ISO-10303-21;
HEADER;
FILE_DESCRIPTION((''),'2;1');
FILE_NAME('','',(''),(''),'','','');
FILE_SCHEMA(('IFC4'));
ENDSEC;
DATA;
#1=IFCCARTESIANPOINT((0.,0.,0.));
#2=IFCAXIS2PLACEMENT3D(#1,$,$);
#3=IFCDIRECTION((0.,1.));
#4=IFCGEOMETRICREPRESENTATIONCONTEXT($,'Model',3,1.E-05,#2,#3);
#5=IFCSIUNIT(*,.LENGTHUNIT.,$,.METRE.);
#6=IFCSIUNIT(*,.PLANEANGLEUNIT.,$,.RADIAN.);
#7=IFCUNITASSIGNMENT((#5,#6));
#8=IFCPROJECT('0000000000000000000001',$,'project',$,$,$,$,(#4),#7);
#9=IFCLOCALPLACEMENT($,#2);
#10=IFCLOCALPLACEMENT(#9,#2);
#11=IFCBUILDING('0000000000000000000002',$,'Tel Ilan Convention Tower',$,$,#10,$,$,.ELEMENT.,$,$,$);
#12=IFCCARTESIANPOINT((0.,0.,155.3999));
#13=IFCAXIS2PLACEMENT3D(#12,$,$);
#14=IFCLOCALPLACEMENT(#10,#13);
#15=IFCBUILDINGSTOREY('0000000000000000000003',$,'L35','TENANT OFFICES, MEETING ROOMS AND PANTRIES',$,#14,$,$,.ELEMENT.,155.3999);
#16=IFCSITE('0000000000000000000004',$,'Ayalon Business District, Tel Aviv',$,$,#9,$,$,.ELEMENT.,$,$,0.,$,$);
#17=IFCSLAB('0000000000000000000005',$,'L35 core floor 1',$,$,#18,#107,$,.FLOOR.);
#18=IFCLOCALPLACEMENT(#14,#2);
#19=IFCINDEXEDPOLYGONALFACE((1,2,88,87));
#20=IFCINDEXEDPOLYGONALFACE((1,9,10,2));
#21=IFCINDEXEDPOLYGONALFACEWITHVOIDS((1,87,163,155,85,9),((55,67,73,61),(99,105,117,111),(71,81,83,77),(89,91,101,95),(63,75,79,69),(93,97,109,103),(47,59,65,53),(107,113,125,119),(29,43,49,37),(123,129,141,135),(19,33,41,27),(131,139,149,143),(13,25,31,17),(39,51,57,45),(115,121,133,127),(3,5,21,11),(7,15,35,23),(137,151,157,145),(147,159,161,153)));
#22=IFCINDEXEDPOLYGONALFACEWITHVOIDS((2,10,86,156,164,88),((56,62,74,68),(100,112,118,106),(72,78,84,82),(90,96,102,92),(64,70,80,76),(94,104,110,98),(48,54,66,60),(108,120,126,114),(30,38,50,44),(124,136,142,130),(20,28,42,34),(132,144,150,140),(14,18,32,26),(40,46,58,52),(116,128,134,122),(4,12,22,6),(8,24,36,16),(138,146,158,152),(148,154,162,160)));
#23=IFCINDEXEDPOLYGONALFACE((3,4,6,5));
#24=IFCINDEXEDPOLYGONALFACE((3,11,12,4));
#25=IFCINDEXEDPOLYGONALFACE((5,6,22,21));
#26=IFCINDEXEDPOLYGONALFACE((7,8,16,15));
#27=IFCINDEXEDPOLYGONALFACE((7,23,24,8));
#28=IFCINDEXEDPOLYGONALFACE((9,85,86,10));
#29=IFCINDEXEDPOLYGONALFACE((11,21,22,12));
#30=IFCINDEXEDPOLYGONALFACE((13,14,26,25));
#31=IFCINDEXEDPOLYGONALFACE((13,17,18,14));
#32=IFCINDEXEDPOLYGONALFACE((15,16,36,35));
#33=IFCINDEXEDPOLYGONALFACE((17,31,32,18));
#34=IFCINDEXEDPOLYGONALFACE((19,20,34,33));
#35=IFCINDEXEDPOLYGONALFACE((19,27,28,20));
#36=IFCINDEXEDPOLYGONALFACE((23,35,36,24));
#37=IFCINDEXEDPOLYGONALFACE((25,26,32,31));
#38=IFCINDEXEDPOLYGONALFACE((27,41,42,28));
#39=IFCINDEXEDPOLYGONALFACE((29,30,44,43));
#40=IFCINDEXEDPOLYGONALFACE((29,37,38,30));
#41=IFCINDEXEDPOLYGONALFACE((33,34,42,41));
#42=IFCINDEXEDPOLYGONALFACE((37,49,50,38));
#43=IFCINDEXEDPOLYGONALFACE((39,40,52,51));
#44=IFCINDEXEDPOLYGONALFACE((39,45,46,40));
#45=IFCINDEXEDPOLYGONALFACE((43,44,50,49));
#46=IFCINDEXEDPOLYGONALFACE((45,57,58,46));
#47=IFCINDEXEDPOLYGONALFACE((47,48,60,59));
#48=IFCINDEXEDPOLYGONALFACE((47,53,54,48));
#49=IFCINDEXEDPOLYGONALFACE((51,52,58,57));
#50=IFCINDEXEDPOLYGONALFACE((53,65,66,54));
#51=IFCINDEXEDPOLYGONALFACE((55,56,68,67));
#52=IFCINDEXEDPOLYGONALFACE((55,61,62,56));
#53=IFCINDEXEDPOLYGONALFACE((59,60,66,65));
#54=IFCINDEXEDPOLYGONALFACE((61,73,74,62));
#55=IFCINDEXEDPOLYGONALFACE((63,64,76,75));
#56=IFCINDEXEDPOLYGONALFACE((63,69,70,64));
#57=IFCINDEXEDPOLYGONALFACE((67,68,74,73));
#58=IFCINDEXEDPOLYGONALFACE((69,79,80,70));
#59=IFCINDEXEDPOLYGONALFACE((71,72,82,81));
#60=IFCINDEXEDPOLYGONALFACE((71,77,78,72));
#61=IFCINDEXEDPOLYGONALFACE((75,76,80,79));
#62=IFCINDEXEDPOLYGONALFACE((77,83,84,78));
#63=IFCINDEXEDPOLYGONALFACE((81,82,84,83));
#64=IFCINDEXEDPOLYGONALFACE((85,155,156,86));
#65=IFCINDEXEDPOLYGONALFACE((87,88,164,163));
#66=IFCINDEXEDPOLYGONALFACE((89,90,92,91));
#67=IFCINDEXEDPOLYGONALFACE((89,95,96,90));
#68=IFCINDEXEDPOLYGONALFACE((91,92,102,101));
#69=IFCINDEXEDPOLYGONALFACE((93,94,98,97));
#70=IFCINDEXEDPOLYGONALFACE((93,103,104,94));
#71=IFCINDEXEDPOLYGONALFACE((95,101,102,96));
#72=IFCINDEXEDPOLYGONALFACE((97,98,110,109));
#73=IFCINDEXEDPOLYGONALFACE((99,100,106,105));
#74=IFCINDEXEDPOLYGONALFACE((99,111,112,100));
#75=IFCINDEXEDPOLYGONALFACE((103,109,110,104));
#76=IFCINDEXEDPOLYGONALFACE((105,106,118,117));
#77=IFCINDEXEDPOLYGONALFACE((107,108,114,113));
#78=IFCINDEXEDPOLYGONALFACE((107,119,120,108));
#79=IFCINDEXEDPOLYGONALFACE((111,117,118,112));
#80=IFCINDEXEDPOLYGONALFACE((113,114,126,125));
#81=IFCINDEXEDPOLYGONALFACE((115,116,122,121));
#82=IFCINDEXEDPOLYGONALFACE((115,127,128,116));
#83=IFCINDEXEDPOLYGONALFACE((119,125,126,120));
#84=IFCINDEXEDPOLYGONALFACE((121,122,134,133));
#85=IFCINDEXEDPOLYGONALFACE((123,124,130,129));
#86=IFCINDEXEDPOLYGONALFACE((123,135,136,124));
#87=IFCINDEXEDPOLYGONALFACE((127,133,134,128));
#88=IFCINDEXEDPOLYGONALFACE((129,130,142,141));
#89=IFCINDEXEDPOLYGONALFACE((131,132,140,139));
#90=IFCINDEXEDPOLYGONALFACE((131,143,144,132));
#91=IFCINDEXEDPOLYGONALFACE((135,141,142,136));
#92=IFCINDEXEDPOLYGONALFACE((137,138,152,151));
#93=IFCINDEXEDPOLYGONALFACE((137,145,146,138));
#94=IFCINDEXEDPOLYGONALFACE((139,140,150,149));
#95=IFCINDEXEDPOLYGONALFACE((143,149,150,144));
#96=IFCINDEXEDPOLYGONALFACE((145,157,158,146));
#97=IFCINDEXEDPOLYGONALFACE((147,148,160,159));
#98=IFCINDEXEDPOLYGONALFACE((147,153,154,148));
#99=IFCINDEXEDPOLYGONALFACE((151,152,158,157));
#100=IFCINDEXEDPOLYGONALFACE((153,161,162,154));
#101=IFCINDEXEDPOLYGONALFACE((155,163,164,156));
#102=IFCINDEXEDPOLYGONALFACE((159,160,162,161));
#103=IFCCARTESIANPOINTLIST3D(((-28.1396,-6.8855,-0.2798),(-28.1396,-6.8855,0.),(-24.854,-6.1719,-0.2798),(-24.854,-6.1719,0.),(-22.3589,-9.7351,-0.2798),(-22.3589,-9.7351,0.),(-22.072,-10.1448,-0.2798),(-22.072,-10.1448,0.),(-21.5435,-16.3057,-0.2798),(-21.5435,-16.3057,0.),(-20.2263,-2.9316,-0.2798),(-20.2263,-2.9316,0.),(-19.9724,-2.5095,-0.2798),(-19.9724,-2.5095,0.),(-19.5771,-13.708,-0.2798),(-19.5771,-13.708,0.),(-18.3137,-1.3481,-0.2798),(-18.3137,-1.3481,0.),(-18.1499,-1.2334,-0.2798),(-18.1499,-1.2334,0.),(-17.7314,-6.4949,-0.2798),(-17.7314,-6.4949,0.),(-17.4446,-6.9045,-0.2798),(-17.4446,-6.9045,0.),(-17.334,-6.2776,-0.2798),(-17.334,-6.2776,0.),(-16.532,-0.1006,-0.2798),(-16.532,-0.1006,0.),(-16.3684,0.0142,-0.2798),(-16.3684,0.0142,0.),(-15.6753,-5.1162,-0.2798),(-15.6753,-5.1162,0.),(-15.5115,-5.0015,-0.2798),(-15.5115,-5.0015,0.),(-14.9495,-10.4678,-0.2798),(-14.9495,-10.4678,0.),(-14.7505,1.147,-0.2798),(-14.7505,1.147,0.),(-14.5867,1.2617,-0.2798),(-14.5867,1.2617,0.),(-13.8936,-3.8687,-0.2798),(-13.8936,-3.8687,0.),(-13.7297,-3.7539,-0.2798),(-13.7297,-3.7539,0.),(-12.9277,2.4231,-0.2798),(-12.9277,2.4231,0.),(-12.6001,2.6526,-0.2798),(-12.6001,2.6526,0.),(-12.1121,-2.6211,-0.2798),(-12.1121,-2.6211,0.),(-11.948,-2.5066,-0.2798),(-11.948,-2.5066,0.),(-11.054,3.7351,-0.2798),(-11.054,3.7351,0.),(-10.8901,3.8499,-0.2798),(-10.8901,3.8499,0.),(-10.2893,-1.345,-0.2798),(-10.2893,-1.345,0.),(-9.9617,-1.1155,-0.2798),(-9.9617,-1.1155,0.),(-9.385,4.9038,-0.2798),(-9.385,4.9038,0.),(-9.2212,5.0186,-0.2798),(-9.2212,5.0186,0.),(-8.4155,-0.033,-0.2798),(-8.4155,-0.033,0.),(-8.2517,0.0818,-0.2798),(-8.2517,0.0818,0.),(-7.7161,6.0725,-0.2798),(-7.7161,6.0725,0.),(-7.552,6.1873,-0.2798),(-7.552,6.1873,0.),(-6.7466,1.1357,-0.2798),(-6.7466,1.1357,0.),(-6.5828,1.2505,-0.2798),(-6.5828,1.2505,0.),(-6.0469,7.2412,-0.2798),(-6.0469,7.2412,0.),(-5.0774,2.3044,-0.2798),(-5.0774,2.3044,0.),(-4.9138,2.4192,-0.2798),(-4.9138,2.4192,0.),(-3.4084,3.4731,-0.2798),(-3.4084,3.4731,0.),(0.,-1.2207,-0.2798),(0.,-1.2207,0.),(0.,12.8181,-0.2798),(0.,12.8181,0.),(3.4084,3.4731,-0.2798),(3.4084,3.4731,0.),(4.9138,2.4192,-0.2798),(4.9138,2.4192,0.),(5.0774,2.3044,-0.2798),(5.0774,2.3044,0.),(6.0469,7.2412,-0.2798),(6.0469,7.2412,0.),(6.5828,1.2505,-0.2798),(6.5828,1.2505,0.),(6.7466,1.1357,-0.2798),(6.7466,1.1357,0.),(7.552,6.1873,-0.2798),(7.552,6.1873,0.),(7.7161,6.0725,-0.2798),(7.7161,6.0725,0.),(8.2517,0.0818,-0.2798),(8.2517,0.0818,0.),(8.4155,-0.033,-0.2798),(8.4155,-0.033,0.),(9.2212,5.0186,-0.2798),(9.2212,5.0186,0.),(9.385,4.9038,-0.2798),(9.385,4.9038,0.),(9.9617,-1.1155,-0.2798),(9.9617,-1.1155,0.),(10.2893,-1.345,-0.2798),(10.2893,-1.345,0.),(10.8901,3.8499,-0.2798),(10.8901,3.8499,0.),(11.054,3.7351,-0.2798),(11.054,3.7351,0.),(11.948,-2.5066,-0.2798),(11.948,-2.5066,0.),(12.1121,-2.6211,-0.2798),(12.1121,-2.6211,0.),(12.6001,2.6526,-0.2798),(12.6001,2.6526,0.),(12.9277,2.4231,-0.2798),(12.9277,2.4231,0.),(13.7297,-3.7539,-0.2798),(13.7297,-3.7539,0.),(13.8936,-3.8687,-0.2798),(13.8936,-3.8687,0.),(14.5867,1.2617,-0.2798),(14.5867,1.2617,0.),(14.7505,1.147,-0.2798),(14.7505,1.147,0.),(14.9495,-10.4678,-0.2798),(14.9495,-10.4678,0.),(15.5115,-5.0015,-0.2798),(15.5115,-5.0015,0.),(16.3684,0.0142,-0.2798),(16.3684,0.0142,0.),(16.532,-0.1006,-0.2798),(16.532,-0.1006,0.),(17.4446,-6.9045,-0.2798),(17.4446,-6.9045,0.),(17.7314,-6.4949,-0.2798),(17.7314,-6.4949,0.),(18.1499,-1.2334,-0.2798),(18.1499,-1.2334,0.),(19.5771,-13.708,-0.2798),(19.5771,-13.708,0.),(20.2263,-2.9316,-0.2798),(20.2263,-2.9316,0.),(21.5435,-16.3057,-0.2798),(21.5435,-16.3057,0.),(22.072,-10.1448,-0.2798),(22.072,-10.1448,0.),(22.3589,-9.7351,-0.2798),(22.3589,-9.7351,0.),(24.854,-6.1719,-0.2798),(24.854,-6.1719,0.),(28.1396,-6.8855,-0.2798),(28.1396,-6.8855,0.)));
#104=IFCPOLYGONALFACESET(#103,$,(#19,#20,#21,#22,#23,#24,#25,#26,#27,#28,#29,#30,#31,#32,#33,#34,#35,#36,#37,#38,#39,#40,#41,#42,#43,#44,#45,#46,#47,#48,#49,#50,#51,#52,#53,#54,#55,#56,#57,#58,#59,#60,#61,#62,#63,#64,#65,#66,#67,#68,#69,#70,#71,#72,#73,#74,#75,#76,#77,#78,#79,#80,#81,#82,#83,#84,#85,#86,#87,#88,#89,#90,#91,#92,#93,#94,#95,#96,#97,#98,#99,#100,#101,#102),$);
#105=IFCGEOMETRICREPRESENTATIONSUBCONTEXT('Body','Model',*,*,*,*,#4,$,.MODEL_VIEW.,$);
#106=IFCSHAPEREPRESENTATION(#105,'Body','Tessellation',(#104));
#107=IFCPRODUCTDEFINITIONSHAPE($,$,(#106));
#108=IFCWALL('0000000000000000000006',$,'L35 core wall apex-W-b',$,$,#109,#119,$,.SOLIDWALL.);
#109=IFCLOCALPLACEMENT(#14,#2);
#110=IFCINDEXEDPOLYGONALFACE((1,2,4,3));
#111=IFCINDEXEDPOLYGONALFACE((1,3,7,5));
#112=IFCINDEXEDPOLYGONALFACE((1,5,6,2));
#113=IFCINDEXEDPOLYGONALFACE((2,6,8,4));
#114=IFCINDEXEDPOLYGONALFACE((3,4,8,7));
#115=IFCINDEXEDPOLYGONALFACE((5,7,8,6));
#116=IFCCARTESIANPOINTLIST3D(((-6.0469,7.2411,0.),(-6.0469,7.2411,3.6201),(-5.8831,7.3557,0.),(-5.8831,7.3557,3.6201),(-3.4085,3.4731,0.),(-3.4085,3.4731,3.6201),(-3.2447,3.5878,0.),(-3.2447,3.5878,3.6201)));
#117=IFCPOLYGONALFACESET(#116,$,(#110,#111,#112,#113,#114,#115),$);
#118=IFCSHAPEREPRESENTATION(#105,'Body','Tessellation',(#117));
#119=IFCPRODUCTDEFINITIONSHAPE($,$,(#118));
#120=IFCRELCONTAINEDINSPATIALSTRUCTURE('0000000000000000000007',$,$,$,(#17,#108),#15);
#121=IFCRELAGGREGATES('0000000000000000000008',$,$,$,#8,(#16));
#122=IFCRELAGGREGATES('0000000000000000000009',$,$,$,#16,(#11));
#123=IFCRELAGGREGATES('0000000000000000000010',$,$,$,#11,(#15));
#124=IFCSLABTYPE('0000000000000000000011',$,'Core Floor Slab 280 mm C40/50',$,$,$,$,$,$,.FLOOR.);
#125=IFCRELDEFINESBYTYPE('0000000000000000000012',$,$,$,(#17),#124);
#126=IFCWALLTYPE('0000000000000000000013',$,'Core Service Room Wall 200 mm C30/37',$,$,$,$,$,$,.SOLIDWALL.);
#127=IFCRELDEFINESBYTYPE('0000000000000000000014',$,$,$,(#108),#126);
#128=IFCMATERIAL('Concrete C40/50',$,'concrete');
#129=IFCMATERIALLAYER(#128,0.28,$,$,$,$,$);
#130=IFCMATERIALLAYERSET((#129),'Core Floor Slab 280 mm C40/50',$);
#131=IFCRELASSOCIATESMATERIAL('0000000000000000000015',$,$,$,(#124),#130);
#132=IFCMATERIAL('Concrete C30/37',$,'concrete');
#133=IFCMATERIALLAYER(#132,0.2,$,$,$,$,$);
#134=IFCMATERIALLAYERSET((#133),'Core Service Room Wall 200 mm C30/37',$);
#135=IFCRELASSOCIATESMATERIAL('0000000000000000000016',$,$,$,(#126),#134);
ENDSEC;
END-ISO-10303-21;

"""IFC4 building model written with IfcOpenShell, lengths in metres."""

from ifc_helpers import new_model, si_unit, direction, frame, frame_2d, origin, place, context, subcontext, project, spatial, polyline, rectangle, outline, extrude, material, layer, layer_set, type_object, element, save


model = new_model("IFC4")

# Units and contexts
model_context = context("Model", 3, precision=1e-05, world=origin(), true_north=direction((0.0, 1.0)))
body_context = subcontext(model_context, "Body", "Model", "MODEL_VIEW")
ifc_project = project(units=[si_unit("LENGTHUNIT", "METRE"), si_unit("PLANEANGLEUNIT", "RADIAN")], contexts=[model_context])

# Site, building, storey
site_placement = place(None, origin())
site = spatial("IfcSite", under=ifc_project, at=site_placement, Name="Ayalon Business District, Tel Aviv", CompositionType="ELEMENT", RefElevation=0.0)
building_placement = place(site_placement, origin())
building = spatial("IfcBuilding", under=site, at=building_placement, Name="Tel Ilan Convention Tower", CompositionType="ELEMENT")
storey_placement = place(building_placement, frame((0.0, 0.0, 155.3999)))
storey = spatial("IfcBuildingStorey", under=building, at=storey_placement, Name="L35", Description="TENANT OFFICES, MEETING ROOMS AND PANTRIES", CompositionType="ELEMENT", Elevation=155.3999)

# Slab
ifc_material_1 = material(Name="Concrete C40/50", Category="concrete")
ifc_layer_1 = layer(ifc_material_1, 0.28)
ifc_layer_set_1 = layer_set([ifc_layer_1], Name="Core Floor Slab 280 mm C40/50")
slab_type_1 = type_object("IfcSlabType", Name="Core Floor Slab 280 mm C40/50", PredefinedType="FLOOR", material=ifc_layer_set_1)
slab_1_placement = place(storey_placement, frame((0.0, 0.0, -0.2798)))
element("IfcSlab", 1, at=slab_1_placement, inside=storey, type_object=slab_type_1, Name="L35 core floor 1", PredefinedType="FLOOR", context=body_context, shape_type="SweptSolid", body=[
    extrude(outline(polyline([(-28.1396, -6.8855), (0.0, 12.8181), (28.1396, -6.8855), (21.5435, -16.3057), (0.0, -1.2207), (-21.5435, -16.3057), (-28.1396, -6.8855)]), holes=[polyline([(-14.9495, -10.4678), (-17.4446, -6.9045), (-22.072, -10.1448), (-19.5771, -13.708), (-14.9495, -10.4678)]), polyline([(-17.7314, -6.4949), (-20.2263, -2.9316), (-24.854, -6.1719), (-22.3589, -9.7351), (-17.7314, -6.4949)]), polyline([(-18.3137, -1.3481), (-19.9724, -2.5095), (-17.334, -6.2776), (-15.6753, -5.1162), (-18.3137, -1.3481)]), polyline([(-16.532, -0.1006), (-18.1499, -1.2334), (-15.5115, -5.0015), (-13.8936, -3.8687), (-16.532, -0.1006)]), polyline([(-14.7505, 1.147), (-16.3684, 0.0142), (-13.7297, -3.7539), (-12.1121, -2.6211), (-14.7505, 1.147)]), polyline([(-12.9277, 2.4231), (-14.5867, 1.2617), (-11.948, -2.5066), (-10.2893, -1.345), (-12.9277, 2.4231)]), polyline([(-11.054, 3.7351), (-12.6001, 2.6526), (-9.9617, -1.1155), (-8.4155, -0.033), (-11.054, 3.7351)]), polyline([(-6.7466, 1.1357), (-9.385, 4.9038), (-10.8901, 3.8499), (-8.2517, 0.0818), (-6.7466, 1.1357)]), polyline([(-5.0774, 2.3044), (-7.7161, 6.0725), (-9.2212, 5.0186), (-6.5828, 1.2505), (-5.0774, 2.3044)]), polyline([(-6.0469, 7.2412), (-7.552, 6.1873), (-4.9138, 2.4192), (-3.4084, 3.4731), (-6.0469, 7.2412)]), polyline([(17.4446, -6.9045), (14.9495, -10.4678), (19.5771, -13.708), (22.072, -10.1448), (17.4446, -6.9045)]), polyline([(20.2263, -2.9316), (17.7314, -6.4949), (22.3589, -9.7351), (24.854, -6.1719), (20.2263, -2.9316)]), polyline([(13.8936, -3.8687), (15.5115, -5.0015), (18.1499, -1.2334), (16.532, -0.1006), (13.8936, -3.8687)]), polyline([(12.1121, -2.6211), (13.7297, -3.7539), (16.3684, 0.0142), (14.7505, 1.147), (12.1121, -2.6211)]), polyline([(11.948, -2.5066), (14.5867, 1.2617), (12.9277, 2.4231), (10.2893, -1.345), (11.948, -2.5066)]), polyline([(9.9617, -1.1155), (12.6001, 2.6526), (11.054, 3.7351), (8.4155, -0.033), (9.9617, -1.1155)]), polyline([(8.2517, 0.0818), (10.8901, 3.8499), (9.385, 4.9038), (6.7466, 1.1357), (8.2517, 0.0818)]), polyline([(5.0774, 2.3044), (6.5828, 1.2505), (9.2212, 5.0186), (7.7161, 6.0725), (5.0774, 2.3044)]), polyline([(3.4084, 3.4731), (4.9138, 2.4192), (7.552, 6.1873), (6.0469, 7.2412), (3.4084, 3.4731)])]), origin(), (0.0, 0.0, 1.0), 0.2798),
])

# Wall
ifc_material_2 = material(Name="Concrete C30/37", Category="concrete")
ifc_layer_2 = layer(ifc_material_2, 0.2)
ifc_layer_set_2 = layer_set([ifc_layer_2], Name="Core Service Room Wall 200 mm C30/37")
wall_type_1 = type_object("IfcWallType", Name="Core Service Room Wall 200 mm C30/37", PredefinedType="SOLIDWALL", material=ifc_layer_set_2)
wall_1_placement = place(storey_placement, frame((-3.3267, 3.5305, 0.0), z_axis=(0.0, 0.0, 1.0), x_axis=(-0.573576, 0.819152, 0.0)))
element("IfcWall", 2, at=wall_1_placement, inside=storey, type_object=wall_type_1, Name="L35 core wall apex-W-b", PredefinedType="SOLIDWALL", context=body_context, shape_type="SweptSolid", body=[
    extrude(rectangle(XDim=4.5999, YDim=0.2, at=frame_2d((2.2998, 0.0))), origin(), (0.0, 0.0, 1.0), 3.6201),
])

save(model, "model.ifc")
